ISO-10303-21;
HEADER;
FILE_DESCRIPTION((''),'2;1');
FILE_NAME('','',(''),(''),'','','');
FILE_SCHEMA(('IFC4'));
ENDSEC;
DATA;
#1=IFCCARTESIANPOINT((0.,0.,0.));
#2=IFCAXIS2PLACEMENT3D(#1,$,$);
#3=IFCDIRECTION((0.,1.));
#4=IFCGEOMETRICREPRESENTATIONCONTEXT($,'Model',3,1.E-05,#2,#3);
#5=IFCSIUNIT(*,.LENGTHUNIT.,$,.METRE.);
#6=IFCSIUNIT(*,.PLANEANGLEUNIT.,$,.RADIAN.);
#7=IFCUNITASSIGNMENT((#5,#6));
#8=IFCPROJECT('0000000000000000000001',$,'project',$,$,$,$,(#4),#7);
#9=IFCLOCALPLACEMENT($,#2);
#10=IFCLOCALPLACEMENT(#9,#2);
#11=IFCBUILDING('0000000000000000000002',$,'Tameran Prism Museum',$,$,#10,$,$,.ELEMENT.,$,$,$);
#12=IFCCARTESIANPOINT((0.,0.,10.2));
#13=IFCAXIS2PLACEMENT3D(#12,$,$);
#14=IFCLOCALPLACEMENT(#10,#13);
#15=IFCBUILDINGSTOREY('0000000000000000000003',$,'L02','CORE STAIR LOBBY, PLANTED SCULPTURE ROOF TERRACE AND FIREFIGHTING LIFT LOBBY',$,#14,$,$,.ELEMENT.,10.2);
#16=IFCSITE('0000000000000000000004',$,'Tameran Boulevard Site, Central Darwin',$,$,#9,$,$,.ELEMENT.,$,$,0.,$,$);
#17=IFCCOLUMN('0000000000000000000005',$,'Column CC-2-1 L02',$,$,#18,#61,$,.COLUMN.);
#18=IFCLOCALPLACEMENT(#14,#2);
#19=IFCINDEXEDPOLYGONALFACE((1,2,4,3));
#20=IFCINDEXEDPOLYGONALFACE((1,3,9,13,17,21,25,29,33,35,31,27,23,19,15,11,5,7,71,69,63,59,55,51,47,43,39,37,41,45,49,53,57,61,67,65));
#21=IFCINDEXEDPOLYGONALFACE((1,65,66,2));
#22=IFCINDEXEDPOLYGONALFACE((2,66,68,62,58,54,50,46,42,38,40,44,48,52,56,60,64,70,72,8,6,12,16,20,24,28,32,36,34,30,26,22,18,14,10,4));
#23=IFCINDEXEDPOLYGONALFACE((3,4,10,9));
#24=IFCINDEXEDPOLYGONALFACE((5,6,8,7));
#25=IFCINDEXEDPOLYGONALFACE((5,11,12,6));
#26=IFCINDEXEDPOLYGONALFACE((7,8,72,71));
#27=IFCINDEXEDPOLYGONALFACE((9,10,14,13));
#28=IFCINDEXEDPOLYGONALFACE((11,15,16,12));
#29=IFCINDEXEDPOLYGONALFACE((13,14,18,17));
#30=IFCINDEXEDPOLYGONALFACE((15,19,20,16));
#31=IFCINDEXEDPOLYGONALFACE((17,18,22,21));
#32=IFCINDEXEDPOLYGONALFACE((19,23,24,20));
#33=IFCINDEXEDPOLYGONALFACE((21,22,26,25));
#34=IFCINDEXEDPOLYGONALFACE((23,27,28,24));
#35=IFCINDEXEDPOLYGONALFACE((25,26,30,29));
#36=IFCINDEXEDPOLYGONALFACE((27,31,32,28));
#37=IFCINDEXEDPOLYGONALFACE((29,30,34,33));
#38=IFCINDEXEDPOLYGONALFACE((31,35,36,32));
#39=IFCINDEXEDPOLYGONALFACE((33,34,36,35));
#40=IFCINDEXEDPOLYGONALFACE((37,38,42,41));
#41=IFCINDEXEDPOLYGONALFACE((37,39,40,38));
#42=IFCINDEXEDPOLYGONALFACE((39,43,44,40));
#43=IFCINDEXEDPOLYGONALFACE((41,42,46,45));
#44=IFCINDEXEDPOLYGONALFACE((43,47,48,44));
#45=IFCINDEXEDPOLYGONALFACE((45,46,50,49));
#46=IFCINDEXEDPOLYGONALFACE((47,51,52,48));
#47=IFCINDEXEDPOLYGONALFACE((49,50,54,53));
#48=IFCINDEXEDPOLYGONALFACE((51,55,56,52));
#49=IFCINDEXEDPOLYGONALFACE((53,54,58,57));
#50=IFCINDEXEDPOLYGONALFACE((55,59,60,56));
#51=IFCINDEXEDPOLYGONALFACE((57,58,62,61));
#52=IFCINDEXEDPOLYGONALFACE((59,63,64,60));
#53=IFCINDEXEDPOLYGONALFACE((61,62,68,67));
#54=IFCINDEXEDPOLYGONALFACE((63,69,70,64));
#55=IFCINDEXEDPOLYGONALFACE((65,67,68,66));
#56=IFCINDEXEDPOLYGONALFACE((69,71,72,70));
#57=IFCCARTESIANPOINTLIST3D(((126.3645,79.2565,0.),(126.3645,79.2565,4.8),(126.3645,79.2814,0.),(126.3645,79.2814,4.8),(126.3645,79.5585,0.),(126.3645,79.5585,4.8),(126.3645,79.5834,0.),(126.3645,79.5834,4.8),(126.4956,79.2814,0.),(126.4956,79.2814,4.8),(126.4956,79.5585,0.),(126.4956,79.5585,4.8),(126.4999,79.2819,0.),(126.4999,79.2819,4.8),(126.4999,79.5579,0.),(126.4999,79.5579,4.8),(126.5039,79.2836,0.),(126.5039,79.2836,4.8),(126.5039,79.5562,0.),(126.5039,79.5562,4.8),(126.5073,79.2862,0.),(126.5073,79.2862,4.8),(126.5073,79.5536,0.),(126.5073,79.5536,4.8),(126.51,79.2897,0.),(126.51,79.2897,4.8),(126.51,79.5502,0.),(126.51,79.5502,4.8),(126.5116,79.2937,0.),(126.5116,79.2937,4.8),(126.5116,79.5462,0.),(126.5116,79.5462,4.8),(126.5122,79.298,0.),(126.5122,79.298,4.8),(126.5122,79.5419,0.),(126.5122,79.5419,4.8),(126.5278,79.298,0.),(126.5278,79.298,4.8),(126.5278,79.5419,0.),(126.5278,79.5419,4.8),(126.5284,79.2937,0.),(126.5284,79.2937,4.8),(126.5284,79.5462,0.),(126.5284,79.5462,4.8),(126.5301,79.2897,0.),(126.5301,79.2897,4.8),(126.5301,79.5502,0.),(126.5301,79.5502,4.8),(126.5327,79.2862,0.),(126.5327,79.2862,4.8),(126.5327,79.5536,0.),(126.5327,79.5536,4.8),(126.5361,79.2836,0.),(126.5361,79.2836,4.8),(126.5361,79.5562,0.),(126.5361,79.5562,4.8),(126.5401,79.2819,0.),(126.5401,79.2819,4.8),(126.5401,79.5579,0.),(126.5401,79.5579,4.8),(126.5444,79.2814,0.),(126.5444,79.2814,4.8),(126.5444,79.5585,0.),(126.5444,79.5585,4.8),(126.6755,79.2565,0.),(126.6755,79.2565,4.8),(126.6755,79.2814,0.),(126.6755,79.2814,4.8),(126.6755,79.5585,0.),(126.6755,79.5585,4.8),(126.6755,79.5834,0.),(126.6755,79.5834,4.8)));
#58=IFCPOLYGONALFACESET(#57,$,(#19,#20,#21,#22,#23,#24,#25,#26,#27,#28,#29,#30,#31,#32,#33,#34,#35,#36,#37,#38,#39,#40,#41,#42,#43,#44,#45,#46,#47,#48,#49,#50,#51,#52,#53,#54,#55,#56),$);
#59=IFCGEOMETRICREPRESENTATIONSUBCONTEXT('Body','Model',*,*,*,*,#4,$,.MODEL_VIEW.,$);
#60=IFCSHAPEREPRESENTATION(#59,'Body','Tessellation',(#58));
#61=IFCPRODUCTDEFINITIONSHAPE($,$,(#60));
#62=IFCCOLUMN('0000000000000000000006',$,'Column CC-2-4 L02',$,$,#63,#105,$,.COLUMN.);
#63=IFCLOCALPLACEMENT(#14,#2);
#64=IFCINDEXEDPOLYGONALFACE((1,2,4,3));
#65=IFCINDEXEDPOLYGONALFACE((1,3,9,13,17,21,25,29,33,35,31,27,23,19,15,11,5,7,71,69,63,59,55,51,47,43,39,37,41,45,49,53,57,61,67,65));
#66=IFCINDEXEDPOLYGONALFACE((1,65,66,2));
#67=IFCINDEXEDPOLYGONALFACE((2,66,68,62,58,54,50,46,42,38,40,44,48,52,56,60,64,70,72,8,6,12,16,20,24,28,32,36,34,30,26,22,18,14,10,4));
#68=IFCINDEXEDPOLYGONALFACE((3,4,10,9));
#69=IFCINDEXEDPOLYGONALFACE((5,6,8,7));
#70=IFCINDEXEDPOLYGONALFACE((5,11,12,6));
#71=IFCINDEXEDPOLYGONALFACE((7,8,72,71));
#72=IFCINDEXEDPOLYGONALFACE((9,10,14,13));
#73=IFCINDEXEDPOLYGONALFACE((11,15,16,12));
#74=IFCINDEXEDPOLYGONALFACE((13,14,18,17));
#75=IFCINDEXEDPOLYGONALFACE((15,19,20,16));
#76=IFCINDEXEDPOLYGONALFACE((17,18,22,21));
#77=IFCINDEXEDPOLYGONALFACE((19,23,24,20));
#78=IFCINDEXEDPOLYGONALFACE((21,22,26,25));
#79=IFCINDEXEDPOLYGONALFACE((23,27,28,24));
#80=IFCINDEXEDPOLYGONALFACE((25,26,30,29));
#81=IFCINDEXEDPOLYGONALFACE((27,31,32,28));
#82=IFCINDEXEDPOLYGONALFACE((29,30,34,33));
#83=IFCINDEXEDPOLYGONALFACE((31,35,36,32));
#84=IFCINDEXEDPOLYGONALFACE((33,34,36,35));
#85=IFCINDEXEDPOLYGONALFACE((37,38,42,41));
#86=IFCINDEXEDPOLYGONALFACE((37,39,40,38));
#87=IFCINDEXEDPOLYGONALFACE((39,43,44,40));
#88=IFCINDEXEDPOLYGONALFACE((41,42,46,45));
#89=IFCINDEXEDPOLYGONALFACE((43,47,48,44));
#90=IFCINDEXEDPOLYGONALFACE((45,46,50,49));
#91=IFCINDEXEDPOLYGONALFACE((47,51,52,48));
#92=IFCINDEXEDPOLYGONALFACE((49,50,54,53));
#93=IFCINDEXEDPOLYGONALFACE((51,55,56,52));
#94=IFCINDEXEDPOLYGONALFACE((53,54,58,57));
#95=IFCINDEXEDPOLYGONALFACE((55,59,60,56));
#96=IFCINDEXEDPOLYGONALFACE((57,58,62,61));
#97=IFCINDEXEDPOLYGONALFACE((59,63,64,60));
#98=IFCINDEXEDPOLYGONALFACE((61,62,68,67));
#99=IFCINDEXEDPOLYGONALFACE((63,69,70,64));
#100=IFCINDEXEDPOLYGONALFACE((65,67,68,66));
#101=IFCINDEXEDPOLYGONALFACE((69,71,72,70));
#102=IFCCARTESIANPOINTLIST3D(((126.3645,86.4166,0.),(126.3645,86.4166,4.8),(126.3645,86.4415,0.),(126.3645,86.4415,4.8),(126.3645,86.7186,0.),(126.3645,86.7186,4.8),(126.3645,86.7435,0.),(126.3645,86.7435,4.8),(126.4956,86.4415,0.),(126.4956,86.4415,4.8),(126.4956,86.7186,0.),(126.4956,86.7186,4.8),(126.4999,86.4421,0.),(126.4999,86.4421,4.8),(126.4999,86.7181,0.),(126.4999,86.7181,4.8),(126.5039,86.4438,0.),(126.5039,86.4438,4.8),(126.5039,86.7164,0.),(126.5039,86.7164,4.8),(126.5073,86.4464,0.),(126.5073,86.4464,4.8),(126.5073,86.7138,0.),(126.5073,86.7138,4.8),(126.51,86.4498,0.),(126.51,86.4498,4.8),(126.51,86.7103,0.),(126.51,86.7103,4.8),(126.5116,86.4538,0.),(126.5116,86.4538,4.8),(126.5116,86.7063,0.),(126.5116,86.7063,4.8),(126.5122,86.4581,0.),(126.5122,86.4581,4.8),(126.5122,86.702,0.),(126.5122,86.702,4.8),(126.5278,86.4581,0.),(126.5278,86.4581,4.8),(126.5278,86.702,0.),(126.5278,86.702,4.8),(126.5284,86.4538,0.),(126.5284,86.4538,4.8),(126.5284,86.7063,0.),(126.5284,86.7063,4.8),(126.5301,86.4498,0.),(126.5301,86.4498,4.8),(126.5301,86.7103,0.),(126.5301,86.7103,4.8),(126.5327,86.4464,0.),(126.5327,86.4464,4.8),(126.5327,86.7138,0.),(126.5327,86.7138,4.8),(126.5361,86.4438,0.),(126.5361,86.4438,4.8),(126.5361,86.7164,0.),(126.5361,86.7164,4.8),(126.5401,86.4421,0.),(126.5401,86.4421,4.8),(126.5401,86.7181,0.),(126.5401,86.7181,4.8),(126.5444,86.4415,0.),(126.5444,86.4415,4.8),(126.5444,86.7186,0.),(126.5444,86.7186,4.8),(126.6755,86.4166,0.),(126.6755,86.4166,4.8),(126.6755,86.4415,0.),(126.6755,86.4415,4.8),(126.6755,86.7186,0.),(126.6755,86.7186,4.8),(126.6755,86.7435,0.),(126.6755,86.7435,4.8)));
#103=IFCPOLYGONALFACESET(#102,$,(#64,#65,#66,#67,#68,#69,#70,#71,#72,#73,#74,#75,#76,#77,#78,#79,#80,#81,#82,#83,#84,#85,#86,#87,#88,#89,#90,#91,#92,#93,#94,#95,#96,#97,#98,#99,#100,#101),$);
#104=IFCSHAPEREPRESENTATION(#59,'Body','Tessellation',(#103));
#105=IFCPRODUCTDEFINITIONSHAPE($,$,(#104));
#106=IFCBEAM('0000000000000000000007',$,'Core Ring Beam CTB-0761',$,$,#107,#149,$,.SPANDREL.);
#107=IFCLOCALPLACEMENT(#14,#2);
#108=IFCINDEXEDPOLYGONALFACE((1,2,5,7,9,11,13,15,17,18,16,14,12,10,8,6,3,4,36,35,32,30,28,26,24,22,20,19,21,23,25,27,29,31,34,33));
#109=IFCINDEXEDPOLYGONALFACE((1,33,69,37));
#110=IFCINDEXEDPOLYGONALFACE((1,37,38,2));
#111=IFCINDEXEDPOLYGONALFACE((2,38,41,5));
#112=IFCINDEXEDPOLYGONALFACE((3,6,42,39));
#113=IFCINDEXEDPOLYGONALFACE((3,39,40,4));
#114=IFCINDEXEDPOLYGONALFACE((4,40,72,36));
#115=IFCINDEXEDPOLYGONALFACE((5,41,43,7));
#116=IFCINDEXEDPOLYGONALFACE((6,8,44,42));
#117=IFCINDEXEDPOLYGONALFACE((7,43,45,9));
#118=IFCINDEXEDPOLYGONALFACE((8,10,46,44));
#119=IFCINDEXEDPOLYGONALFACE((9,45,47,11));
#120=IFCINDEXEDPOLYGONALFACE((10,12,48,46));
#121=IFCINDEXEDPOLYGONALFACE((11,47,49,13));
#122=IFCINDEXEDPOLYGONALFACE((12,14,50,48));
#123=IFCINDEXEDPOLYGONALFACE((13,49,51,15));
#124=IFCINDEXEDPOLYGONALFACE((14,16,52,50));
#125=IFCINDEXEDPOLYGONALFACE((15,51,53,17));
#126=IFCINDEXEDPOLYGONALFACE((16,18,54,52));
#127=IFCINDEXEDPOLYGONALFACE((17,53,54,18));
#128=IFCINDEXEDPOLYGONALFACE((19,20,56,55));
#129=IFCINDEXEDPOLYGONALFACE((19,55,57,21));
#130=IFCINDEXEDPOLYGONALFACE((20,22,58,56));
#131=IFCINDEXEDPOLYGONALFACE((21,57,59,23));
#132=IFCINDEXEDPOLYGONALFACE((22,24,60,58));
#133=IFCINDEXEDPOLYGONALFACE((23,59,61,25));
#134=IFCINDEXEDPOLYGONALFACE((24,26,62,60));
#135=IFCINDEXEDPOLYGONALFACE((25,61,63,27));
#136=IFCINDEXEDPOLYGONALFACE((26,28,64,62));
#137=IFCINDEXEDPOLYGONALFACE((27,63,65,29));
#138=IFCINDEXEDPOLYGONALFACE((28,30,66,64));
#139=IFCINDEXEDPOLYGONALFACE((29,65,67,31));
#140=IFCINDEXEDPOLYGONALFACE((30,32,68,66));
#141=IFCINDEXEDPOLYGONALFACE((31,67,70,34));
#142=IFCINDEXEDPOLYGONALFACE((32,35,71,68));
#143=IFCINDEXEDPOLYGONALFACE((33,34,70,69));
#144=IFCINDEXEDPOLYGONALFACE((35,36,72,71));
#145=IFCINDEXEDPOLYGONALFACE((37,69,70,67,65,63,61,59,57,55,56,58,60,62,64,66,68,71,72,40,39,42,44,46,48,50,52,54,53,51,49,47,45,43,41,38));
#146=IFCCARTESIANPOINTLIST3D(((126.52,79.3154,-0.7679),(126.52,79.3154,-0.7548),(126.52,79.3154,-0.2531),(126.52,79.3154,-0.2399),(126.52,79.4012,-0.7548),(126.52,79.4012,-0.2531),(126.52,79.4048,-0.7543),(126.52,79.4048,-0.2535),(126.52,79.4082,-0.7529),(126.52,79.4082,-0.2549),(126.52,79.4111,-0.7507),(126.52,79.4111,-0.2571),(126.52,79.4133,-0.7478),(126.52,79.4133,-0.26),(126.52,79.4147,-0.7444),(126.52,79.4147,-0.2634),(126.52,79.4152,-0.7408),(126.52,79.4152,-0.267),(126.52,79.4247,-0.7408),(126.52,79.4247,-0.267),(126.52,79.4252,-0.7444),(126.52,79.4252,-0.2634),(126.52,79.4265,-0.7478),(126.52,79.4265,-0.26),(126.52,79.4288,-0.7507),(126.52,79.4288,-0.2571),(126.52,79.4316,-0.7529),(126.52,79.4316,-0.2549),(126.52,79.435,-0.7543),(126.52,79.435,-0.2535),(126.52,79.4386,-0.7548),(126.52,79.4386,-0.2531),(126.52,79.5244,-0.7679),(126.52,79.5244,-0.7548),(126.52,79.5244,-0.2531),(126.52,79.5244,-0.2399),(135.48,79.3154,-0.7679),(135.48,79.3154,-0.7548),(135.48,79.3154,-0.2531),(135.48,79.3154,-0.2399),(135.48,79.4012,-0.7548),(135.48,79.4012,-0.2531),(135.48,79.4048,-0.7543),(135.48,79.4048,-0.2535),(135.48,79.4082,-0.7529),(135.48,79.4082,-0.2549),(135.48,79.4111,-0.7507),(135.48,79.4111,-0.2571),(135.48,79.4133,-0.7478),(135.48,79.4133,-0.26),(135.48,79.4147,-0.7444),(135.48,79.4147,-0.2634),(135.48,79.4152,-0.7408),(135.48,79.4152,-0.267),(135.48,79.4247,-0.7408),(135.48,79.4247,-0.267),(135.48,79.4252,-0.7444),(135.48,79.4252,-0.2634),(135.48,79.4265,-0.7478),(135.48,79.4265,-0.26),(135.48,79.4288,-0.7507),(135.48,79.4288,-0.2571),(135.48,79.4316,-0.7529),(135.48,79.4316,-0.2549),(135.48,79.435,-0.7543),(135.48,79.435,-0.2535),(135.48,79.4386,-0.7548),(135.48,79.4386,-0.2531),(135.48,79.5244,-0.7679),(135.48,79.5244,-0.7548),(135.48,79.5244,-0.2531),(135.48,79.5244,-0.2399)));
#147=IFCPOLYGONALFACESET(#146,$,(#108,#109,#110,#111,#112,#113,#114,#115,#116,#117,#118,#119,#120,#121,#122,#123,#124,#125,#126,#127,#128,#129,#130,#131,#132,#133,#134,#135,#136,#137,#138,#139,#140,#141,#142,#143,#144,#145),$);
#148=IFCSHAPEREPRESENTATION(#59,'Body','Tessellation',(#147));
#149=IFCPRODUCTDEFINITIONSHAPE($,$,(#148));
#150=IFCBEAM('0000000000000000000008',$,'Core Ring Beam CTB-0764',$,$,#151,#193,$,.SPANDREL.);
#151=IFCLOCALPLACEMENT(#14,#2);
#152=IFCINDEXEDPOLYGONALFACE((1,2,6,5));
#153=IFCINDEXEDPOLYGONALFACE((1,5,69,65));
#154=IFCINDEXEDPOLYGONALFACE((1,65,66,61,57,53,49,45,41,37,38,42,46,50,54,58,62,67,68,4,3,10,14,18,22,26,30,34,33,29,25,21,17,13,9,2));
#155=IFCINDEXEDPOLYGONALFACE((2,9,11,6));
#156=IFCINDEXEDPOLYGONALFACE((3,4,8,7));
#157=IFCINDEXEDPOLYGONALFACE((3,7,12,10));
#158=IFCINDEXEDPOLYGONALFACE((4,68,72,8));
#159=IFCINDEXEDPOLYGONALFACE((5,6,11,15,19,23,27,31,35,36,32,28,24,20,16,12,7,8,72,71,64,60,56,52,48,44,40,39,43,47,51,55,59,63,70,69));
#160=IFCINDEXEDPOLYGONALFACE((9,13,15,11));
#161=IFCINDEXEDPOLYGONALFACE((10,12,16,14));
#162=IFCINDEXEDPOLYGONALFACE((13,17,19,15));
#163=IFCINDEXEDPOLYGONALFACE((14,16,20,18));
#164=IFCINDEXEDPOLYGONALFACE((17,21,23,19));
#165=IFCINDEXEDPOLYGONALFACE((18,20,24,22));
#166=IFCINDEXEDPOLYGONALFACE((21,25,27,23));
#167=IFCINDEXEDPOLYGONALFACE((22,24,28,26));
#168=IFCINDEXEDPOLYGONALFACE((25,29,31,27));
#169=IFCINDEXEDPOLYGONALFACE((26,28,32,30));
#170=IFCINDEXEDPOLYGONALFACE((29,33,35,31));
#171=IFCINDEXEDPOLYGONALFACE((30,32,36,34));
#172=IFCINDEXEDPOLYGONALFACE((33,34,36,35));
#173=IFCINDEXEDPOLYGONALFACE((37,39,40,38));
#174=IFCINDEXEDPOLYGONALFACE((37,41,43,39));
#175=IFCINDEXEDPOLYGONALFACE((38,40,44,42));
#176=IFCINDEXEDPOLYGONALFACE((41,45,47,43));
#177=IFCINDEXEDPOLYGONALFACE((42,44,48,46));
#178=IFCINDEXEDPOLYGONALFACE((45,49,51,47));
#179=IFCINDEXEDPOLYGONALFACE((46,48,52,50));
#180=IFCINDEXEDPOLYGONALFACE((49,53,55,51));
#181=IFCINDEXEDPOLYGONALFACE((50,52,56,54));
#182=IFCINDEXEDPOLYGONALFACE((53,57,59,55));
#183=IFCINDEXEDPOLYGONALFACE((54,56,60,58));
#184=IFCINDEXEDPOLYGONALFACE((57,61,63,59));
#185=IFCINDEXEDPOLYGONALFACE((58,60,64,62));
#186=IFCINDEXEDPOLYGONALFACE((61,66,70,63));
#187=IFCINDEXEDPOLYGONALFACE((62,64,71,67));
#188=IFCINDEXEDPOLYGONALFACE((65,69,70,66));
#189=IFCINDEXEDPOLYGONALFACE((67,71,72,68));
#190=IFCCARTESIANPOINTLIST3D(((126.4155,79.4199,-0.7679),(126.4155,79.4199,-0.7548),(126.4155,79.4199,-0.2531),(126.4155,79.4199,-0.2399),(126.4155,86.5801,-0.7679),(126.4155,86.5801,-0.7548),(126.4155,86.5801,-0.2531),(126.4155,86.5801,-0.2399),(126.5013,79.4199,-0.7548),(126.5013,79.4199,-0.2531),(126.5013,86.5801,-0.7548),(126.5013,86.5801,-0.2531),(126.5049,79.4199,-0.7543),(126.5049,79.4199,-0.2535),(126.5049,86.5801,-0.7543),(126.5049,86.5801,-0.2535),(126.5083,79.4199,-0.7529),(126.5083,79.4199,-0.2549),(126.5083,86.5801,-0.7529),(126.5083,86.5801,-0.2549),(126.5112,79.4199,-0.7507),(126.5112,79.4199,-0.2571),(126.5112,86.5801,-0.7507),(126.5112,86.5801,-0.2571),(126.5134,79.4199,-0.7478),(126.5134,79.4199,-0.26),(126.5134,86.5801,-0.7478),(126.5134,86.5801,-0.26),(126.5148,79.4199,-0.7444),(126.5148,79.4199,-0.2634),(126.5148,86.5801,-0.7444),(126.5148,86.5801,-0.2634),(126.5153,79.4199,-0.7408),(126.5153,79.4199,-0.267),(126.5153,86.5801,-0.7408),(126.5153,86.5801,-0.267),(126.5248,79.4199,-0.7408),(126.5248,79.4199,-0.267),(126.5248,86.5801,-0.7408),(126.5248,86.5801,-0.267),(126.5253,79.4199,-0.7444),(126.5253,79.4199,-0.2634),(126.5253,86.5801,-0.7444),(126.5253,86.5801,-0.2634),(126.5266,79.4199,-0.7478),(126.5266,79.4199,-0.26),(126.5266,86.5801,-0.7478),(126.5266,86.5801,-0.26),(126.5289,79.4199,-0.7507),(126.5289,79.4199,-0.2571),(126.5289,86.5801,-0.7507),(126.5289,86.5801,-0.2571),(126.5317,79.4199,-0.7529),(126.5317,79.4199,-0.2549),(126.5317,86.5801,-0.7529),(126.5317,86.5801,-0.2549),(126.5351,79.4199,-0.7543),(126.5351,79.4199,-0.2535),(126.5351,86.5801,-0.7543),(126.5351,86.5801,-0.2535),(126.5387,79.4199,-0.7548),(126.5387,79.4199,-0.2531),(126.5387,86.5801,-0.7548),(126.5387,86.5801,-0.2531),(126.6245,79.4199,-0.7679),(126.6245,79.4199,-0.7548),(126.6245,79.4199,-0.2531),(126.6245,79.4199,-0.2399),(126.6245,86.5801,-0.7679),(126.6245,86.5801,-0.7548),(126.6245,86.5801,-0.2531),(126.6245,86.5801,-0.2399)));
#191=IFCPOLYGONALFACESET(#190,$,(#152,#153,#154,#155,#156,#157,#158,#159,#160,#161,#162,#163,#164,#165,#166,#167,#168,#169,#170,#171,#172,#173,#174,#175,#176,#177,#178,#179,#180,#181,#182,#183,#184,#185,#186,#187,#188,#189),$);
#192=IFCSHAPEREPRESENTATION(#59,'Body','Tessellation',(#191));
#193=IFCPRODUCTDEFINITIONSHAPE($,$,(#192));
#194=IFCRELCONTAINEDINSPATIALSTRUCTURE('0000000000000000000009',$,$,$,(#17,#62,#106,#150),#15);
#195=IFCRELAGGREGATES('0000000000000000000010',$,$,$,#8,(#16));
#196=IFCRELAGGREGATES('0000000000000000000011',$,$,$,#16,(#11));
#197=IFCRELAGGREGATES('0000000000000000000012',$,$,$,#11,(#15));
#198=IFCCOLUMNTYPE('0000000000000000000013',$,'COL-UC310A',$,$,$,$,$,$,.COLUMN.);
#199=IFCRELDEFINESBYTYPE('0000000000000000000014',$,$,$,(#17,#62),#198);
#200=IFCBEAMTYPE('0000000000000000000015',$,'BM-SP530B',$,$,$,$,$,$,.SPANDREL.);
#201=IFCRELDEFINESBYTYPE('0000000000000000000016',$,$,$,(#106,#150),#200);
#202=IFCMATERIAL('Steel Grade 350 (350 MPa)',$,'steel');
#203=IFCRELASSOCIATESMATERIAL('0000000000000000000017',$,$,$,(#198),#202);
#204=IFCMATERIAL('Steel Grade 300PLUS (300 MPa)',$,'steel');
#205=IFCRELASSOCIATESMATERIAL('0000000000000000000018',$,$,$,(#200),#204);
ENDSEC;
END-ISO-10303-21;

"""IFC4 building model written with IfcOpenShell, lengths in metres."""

from ifc_helpers import new_model, si_unit, direction, frame, origin, origin_2d, place, context, subcontext, project, spatial, i_section, extrude, material, material_profile, profile_set, type_object, element, save


model = new_model("IFC4")

# Units and contexts
model_context = context("Model", 3, precision=1e-05, world=origin(), true_north=direction((0.0, 1.0)))
body_context = subcontext(model_context, "Body", "Model", "MODEL_VIEW")
ifc_project = project(units=[si_unit("LENGTHUNIT", "METRE"), si_unit("PLANEANGLEUNIT", "RADIAN")], contexts=[model_context])

# Site, building, storey
site_placement = place(None, origin())
site = spatial("IfcSite", under=ifc_project, at=site_placement, Name="Tameran Boulevard Site, Central Darwin", CompositionType="ELEMENT", RefElevation=0.0)
building_placement = place(site_placement, origin())
building = spatial("IfcBuilding", under=site, at=building_placement, Name="Tameran Prism Museum", CompositionType="ELEMENT")
storey_placement = place(building_placement, frame((0.0, 0.0, 10.2)))
storey = spatial("IfcBuildingStorey", under=building, at=storey_placement, Name="L02", Description="CORE STAIR LOBBY, PLANTED SCULPTURE ROOF TERRACE AND FIREFIGHTING LIFT LOBBY", CompositionType="ELEMENT", Elevation=10.2)

# Columns
ifc_material_1 = material(Name="Steel Grade 350 (350 MPa)", Category="steel")
ifc_material_profile_1 = material_profile(ifc_material_1, i_section(OverallWidth=0.311, OverallDepth=0.3269, WebThickness=0.0156, FlangeThickness=0.0249, FilletRadius=0.0166, at=origin_2d()))
ifc_profile_set_1 = profile_set([ifc_material_profile_1])
column_type = type_object("IfcColumnType", Name="COL-UC310A", PredefinedType="COLUMN", material=ifc_profile_set_1)
for number, where, z_axis, x_axis, name in (
    (1, (126.52, 79.4199, 0.0), (0.0, 0.0, 1.0), (1.0, 0.0, 0.0), "Column CC-2-1 L02"),
    (2, (126.52, 86.5801, 0.0), (0.0, 0.0, 1.0), (1.0, 0.0, 0.0), "Column CC-2-4 L02"),
):
    element("IfcColumn", number, at=place(storey_placement, frame(where, z_axis=z_axis, x_axis=x_axis)), inside=storey, type_object=column_type, Name=name, PredefinedType="COLUMN", context=body_context, shape_type="SweptSolid", body=[
        extrude(i_section(OverallWidth=0.311, OverallDepth=0.3269, WebThickness=0.0156, FlangeThickness=0.0249, FilletRadius=0.0166, at=origin_2d()), origin(), (0.0, 0.0, 1.0), 4.8),
    ])

# Beams
ifc_material_2 = material(Name="Steel Grade 300PLUS (300 MPa)", Category="steel")
ifc_material_profile_2 = material_profile(ifc_material_2, i_section(OverallWidth=0.209, OverallDepth=0.5281, WebThickness=0.0095, FlangeThickness=0.0132, FilletRadius=0.0139, at=origin_2d()))
ifc_profile_set_2 = profile_set([ifc_material_profile_2])
beam_type_1 = type_object("IfcBeamType", Name="BM-SP530B", PredefinedType="SPANDREL", material=ifc_profile_set_2)
beam_1_placement = place(storey_placement, frame((126.52, 79.4199, -0.5039), z_axis=(1.0, 0.0, 0.0), x_axis=(0.0, 1.0, 0.0)))
element("IfcBeam", 3, at=beam_1_placement, inside=storey, type_object=beam_type_1, Name="Core Ring Beam CTB-0761", PredefinedType="SPANDREL", context=body_context, shape_type="SweptSolid", body=[
    extrude(i_section(OverallWidth=0.209, OverallDepth=0.5281, WebThickness=0.0095, FlangeThickness=0.0132, FilletRadius=0.0139, at=origin_2d()), origin(), (0.0, 0.0, 1.0), 8.96),
])
beam_2_placement = place(storey_placement, frame((126.52, 86.5801, -0.5039), z_axis=(0.0, -1.0, 0.0), x_axis=(1.0, 0.0, 0.0)))
element("IfcBeam", 4, at=beam_2_placement, inside=storey, type_object=beam_type_1, Name="Core Ring Beam CTB-0764", PredefinedType="SPANDREL", context=body_context, shape_type="SweptSolid", body=[
    extrude(i_section(OverallWidth=0.209, OverallDepth=0.5281, WebThickness=0.0095, FlangeThickness=0.0132, FilletRadius=0.0139, at=origin_2d()), origin(), (0.0, 0.0, 1.0), 7.1602),
])

save(model, "model.ifc")
